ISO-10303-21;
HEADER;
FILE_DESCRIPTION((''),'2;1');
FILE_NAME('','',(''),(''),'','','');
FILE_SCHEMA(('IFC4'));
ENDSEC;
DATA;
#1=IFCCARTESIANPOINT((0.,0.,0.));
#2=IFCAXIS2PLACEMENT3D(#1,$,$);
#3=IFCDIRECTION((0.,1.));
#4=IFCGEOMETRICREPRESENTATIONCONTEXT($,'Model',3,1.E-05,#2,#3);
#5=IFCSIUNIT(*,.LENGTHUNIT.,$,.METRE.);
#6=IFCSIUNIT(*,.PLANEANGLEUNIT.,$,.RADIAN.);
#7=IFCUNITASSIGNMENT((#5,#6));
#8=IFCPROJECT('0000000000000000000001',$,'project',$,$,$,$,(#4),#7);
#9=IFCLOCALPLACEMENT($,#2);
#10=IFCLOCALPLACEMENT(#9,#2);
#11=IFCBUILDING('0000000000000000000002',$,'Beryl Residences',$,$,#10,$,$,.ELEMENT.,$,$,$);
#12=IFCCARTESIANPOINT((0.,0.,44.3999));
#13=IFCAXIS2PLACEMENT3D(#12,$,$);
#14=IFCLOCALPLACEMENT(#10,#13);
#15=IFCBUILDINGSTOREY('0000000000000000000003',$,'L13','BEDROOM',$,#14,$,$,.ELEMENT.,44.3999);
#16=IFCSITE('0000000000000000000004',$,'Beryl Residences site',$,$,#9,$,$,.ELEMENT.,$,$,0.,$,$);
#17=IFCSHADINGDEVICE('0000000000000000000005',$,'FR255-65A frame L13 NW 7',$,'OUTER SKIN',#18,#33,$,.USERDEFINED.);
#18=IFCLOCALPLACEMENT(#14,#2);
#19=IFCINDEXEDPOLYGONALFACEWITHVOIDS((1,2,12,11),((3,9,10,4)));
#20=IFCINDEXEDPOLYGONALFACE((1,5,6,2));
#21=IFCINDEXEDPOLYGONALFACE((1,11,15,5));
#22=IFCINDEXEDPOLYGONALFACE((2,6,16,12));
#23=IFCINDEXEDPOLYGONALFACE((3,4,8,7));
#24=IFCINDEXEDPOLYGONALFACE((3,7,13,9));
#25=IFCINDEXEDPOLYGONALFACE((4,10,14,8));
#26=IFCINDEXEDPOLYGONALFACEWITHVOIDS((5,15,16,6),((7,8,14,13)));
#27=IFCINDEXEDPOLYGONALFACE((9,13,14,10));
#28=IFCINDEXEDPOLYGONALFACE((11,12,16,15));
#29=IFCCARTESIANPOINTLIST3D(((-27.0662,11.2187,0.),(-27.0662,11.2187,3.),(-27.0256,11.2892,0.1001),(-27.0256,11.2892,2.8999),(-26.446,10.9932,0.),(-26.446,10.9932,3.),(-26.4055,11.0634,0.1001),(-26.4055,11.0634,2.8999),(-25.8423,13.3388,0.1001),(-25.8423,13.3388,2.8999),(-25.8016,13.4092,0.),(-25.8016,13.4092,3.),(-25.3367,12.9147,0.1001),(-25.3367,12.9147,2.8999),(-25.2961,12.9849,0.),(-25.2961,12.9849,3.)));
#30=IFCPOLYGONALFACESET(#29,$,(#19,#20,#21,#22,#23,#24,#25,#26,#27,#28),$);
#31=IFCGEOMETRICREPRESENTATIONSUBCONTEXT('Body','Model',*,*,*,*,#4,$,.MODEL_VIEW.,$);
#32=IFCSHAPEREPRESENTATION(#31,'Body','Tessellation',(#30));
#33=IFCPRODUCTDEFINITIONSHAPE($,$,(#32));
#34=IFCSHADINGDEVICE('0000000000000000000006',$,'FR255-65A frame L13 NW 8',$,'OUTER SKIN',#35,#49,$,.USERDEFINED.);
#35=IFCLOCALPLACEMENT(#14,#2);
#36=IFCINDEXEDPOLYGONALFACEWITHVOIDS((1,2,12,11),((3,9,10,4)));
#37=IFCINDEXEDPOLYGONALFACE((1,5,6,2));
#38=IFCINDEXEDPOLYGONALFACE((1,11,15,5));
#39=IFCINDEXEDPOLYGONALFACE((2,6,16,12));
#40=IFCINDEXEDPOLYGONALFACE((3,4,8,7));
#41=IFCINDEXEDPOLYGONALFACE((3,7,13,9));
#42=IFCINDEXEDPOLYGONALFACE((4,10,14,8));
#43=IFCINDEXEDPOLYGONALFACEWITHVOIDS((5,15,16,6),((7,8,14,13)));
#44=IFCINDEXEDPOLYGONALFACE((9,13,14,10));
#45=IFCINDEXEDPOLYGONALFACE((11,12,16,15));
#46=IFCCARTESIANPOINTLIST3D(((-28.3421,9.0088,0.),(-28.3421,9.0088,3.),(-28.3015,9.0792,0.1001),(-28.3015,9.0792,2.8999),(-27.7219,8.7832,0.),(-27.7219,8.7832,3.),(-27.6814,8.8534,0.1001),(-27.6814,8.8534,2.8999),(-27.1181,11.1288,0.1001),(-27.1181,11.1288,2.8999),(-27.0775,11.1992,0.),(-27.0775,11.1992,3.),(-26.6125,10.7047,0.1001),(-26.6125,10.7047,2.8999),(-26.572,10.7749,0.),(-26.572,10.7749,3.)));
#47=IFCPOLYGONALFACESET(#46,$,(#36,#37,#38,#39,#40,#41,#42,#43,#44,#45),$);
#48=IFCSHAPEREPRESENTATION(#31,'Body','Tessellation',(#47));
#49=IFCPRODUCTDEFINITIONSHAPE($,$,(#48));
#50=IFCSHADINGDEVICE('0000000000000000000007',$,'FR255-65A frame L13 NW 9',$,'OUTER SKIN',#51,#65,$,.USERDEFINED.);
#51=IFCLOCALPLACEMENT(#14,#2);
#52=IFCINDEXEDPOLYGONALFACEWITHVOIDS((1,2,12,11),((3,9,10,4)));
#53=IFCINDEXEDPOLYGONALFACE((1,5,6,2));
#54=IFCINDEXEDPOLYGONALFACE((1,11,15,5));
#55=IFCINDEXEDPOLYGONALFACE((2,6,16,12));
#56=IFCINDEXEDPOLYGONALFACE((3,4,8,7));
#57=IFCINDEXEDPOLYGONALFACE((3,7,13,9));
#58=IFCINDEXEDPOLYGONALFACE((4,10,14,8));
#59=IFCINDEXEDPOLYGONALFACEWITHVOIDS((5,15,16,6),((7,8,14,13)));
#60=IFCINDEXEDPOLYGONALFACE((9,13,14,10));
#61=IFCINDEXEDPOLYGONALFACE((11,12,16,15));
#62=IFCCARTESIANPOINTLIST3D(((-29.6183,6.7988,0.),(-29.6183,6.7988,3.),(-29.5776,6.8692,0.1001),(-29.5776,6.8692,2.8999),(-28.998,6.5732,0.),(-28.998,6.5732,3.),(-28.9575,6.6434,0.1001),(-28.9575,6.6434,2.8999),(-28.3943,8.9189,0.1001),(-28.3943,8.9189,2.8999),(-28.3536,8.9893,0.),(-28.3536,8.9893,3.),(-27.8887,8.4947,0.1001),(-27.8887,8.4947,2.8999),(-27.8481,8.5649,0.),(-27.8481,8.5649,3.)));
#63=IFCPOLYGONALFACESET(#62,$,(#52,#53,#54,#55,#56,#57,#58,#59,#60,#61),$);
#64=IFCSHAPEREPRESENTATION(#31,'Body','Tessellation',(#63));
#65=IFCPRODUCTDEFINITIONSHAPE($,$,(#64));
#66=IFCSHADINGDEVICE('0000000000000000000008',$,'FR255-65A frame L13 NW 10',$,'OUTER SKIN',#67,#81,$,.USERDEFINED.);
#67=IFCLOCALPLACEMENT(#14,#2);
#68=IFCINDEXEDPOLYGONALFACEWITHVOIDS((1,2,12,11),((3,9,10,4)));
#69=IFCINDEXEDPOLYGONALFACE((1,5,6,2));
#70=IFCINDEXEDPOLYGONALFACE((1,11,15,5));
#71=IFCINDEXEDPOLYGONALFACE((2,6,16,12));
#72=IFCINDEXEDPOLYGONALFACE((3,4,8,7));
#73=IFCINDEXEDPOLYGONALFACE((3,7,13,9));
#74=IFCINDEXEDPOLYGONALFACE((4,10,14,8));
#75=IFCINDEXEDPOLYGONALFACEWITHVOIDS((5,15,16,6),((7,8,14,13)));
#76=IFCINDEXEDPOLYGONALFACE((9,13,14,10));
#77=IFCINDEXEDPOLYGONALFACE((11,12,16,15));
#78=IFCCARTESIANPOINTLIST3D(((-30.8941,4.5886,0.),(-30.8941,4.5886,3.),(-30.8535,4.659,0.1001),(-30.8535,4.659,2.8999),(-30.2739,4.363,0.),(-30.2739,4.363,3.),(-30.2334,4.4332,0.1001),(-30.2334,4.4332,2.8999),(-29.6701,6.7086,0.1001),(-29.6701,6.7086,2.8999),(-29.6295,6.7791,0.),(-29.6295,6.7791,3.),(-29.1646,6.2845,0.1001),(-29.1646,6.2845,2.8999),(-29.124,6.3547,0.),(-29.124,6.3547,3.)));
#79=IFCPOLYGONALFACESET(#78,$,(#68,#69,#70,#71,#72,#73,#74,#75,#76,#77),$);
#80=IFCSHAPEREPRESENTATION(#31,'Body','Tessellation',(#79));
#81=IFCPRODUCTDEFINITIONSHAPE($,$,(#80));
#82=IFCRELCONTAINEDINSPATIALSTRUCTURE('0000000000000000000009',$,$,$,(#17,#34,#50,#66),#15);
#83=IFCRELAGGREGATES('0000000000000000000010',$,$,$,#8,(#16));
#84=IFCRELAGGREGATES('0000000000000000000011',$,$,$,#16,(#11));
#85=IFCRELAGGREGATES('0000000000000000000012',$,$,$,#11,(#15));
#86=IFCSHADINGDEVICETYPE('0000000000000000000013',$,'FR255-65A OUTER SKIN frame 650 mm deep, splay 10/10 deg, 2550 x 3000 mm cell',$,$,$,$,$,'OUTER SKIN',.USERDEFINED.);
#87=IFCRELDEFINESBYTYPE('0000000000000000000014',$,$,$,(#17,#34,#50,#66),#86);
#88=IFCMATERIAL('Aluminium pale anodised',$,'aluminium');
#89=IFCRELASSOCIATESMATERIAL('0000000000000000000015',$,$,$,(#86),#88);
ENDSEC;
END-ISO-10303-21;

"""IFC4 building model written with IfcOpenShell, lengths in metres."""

from ifc_helpers import new_model, entity, si_unit, direction, frame, origin, place, context, subcontext, project, spatial, source, transform, mapped, material, type_object, type_shapes, element, save


model = new_model("IFC4")

# Units and contexts
model_context = context("Model", 3, precision=1e-05, world=origin(), true_north=direction((0.0, 1.0)))
body_context = subcontext(model_context, "Body", "Model", "MODEL_VIEW")
ifc_project = project(units=[si_unit("LENGTHUNIT", "METRE"), si_unit("PLANEANGLEUNIT", "RADIAN")], contexts=[model_context])

# Site, building, storey
site_placement = place(None, origin())
site = spatial("IfcSite", under=ifc_project, at=site_placement, Name="Beryl Residences site", CompositionType="ELEMENT", RefElevation=0.0)
building_placement = place(site_placement, origin())
building = spatial("IfcBuilding", under=site, at=building_placement, Name="Beryl Residences", CompositionType="ELEMENT")
storey_placement = place(building_placement, frame((0.0, 0.0, 44.3999)))
storey = spatial("IfcBuildingStorey", under=building, at=storey_placement, Name="L13", Description="BEDROOM", CompositionType="ELEMENT", Elevation=44.3999)

# Shading devices
ifc_material_1 = material(Name="Aluminium pale anodised", Category="aluminium")
shading_device_type_1 = type_object("IfcShadingDeviceType", Name="FR255-65A OUTER SKIN frame 650 mm deep, splay 10/10 deg, 2550 x 3000 mm cell", ElementType="OUTER SKIN", PredefinedType="USERDEFINED", material=ifc_material_1)
cartesian_point_1 = entity("IfcCartesianPoint", [-1.1499, 0.0])
cartesian_point_2 = entity("IfcCartesianPoint", [-1.0688, 0.1001])
cartesian_point_3 = entity("IfcCartesianPoint", [-1.2646, 0.0])
cartesian_point_4 = entity("IfcCartesianPoint", [-1.1833, 0.1001])
shared_shape_1 = source(origin(), body_context, "Body", "SweptSolid", [
    entity("IfcExtrudedAreaSolidTapered", entity("IfcArbitraryProfileDefWithVoids", "AREA", None, entity("IfcPolyline", [cartesian_point_1, entity("IfcCartesianPoint", [1.1499, 0.0]), entity("IfcCartesianPoint", [1.1499, 3.0]), entity("IfcCartesianPoint", [-1.1499, 3.0]), cartesian_point_1]), [entity("IfcPolyline", [cartesian_point_2, entity("IfcCartesianPoint", [1.0688, 0.1001]), entity("IfcCartesianPoint", [1.0688, 2.8999]), entity("IfcCartesianPoint", [-1.0688, 2.8999]), cartesian_point_2])]), entity("IfcAxis2Placement3D", entity("IfcCartesianPoint", [0.0, 0.0, 0.0]), entity("IfcDirection", [0.0, 1.0, 0.0]), entity("IfcDirection", [-1.0, 0.0, 0.0])), entity("IfcDirection", [0.0, 0.0, 1.0]), 0.6499, entity("IfcArbitraryProfileDefWithVoids", "AREA", None, entity("IfcPolyline", [cartesian_point_3, entity("IfcCartesianPoint", [1.2646, 0.0]), entity("IfcCartesianPoint", [1.2646, 3.0]), entity("IfcCartesianPoint", [-1.2646, 3.0]), cartesian_point_3]), [entity("IfcPolyline", [cartesian_point_4, entity("IfcCartesianPoint", [1.1833, 0.1001]), entity("IfcCartesianPoint", [1.1833, 2.8999]), entity("IfcCartesianPoint", [-1.1833, 2.8999]), cartesian_point_4])])),
])
type_shapes(shading_device_type_1, [shared_shape_1])
for number, where, z_axis, x_axis, name in (
    (1, (-25.8711, 11.989, 0.0), (0.0, 0.0, 1.0), (0.5, 0.866025, 0.0), "FR255-65A frame L13 NW 7"),
    (2, (-27.147, 9.7791, 0.0), (0.0, 0.0, 1.0), (0.5, 0.866025, 0.0), "FR255-65A frame L13 NW 8"),
    (3, (-28.4231, 7.5691, 0.0), (0.0, 0.0, 1.0), (0.5, 0.866025, 0.0), "FR255-65A frame L13 NW 9"),
    (4, (-29.699, 5.3589, 0.0), (0.0, 0.0, 1.0), (0.5, 0.866025, 0.0), "FR255-65A frame L13 NW 10"),
):
    element("IfcShadingDevice", number, at=place(storey_placement, frame(where, z_axis=z_axis, x_axis=x_axis)), inside=storey, type_object=shading_device_type_1, Name=name, ObjectType="OUTER SKIN", PredefinedType="USERDEFINED", context=body_context, shape_type="MappedRepresentation", body=[
        mapped(shared_shape_1, transform((0.0, 0.0, 0.0))),
    ])

save(model, "model.ifc")
